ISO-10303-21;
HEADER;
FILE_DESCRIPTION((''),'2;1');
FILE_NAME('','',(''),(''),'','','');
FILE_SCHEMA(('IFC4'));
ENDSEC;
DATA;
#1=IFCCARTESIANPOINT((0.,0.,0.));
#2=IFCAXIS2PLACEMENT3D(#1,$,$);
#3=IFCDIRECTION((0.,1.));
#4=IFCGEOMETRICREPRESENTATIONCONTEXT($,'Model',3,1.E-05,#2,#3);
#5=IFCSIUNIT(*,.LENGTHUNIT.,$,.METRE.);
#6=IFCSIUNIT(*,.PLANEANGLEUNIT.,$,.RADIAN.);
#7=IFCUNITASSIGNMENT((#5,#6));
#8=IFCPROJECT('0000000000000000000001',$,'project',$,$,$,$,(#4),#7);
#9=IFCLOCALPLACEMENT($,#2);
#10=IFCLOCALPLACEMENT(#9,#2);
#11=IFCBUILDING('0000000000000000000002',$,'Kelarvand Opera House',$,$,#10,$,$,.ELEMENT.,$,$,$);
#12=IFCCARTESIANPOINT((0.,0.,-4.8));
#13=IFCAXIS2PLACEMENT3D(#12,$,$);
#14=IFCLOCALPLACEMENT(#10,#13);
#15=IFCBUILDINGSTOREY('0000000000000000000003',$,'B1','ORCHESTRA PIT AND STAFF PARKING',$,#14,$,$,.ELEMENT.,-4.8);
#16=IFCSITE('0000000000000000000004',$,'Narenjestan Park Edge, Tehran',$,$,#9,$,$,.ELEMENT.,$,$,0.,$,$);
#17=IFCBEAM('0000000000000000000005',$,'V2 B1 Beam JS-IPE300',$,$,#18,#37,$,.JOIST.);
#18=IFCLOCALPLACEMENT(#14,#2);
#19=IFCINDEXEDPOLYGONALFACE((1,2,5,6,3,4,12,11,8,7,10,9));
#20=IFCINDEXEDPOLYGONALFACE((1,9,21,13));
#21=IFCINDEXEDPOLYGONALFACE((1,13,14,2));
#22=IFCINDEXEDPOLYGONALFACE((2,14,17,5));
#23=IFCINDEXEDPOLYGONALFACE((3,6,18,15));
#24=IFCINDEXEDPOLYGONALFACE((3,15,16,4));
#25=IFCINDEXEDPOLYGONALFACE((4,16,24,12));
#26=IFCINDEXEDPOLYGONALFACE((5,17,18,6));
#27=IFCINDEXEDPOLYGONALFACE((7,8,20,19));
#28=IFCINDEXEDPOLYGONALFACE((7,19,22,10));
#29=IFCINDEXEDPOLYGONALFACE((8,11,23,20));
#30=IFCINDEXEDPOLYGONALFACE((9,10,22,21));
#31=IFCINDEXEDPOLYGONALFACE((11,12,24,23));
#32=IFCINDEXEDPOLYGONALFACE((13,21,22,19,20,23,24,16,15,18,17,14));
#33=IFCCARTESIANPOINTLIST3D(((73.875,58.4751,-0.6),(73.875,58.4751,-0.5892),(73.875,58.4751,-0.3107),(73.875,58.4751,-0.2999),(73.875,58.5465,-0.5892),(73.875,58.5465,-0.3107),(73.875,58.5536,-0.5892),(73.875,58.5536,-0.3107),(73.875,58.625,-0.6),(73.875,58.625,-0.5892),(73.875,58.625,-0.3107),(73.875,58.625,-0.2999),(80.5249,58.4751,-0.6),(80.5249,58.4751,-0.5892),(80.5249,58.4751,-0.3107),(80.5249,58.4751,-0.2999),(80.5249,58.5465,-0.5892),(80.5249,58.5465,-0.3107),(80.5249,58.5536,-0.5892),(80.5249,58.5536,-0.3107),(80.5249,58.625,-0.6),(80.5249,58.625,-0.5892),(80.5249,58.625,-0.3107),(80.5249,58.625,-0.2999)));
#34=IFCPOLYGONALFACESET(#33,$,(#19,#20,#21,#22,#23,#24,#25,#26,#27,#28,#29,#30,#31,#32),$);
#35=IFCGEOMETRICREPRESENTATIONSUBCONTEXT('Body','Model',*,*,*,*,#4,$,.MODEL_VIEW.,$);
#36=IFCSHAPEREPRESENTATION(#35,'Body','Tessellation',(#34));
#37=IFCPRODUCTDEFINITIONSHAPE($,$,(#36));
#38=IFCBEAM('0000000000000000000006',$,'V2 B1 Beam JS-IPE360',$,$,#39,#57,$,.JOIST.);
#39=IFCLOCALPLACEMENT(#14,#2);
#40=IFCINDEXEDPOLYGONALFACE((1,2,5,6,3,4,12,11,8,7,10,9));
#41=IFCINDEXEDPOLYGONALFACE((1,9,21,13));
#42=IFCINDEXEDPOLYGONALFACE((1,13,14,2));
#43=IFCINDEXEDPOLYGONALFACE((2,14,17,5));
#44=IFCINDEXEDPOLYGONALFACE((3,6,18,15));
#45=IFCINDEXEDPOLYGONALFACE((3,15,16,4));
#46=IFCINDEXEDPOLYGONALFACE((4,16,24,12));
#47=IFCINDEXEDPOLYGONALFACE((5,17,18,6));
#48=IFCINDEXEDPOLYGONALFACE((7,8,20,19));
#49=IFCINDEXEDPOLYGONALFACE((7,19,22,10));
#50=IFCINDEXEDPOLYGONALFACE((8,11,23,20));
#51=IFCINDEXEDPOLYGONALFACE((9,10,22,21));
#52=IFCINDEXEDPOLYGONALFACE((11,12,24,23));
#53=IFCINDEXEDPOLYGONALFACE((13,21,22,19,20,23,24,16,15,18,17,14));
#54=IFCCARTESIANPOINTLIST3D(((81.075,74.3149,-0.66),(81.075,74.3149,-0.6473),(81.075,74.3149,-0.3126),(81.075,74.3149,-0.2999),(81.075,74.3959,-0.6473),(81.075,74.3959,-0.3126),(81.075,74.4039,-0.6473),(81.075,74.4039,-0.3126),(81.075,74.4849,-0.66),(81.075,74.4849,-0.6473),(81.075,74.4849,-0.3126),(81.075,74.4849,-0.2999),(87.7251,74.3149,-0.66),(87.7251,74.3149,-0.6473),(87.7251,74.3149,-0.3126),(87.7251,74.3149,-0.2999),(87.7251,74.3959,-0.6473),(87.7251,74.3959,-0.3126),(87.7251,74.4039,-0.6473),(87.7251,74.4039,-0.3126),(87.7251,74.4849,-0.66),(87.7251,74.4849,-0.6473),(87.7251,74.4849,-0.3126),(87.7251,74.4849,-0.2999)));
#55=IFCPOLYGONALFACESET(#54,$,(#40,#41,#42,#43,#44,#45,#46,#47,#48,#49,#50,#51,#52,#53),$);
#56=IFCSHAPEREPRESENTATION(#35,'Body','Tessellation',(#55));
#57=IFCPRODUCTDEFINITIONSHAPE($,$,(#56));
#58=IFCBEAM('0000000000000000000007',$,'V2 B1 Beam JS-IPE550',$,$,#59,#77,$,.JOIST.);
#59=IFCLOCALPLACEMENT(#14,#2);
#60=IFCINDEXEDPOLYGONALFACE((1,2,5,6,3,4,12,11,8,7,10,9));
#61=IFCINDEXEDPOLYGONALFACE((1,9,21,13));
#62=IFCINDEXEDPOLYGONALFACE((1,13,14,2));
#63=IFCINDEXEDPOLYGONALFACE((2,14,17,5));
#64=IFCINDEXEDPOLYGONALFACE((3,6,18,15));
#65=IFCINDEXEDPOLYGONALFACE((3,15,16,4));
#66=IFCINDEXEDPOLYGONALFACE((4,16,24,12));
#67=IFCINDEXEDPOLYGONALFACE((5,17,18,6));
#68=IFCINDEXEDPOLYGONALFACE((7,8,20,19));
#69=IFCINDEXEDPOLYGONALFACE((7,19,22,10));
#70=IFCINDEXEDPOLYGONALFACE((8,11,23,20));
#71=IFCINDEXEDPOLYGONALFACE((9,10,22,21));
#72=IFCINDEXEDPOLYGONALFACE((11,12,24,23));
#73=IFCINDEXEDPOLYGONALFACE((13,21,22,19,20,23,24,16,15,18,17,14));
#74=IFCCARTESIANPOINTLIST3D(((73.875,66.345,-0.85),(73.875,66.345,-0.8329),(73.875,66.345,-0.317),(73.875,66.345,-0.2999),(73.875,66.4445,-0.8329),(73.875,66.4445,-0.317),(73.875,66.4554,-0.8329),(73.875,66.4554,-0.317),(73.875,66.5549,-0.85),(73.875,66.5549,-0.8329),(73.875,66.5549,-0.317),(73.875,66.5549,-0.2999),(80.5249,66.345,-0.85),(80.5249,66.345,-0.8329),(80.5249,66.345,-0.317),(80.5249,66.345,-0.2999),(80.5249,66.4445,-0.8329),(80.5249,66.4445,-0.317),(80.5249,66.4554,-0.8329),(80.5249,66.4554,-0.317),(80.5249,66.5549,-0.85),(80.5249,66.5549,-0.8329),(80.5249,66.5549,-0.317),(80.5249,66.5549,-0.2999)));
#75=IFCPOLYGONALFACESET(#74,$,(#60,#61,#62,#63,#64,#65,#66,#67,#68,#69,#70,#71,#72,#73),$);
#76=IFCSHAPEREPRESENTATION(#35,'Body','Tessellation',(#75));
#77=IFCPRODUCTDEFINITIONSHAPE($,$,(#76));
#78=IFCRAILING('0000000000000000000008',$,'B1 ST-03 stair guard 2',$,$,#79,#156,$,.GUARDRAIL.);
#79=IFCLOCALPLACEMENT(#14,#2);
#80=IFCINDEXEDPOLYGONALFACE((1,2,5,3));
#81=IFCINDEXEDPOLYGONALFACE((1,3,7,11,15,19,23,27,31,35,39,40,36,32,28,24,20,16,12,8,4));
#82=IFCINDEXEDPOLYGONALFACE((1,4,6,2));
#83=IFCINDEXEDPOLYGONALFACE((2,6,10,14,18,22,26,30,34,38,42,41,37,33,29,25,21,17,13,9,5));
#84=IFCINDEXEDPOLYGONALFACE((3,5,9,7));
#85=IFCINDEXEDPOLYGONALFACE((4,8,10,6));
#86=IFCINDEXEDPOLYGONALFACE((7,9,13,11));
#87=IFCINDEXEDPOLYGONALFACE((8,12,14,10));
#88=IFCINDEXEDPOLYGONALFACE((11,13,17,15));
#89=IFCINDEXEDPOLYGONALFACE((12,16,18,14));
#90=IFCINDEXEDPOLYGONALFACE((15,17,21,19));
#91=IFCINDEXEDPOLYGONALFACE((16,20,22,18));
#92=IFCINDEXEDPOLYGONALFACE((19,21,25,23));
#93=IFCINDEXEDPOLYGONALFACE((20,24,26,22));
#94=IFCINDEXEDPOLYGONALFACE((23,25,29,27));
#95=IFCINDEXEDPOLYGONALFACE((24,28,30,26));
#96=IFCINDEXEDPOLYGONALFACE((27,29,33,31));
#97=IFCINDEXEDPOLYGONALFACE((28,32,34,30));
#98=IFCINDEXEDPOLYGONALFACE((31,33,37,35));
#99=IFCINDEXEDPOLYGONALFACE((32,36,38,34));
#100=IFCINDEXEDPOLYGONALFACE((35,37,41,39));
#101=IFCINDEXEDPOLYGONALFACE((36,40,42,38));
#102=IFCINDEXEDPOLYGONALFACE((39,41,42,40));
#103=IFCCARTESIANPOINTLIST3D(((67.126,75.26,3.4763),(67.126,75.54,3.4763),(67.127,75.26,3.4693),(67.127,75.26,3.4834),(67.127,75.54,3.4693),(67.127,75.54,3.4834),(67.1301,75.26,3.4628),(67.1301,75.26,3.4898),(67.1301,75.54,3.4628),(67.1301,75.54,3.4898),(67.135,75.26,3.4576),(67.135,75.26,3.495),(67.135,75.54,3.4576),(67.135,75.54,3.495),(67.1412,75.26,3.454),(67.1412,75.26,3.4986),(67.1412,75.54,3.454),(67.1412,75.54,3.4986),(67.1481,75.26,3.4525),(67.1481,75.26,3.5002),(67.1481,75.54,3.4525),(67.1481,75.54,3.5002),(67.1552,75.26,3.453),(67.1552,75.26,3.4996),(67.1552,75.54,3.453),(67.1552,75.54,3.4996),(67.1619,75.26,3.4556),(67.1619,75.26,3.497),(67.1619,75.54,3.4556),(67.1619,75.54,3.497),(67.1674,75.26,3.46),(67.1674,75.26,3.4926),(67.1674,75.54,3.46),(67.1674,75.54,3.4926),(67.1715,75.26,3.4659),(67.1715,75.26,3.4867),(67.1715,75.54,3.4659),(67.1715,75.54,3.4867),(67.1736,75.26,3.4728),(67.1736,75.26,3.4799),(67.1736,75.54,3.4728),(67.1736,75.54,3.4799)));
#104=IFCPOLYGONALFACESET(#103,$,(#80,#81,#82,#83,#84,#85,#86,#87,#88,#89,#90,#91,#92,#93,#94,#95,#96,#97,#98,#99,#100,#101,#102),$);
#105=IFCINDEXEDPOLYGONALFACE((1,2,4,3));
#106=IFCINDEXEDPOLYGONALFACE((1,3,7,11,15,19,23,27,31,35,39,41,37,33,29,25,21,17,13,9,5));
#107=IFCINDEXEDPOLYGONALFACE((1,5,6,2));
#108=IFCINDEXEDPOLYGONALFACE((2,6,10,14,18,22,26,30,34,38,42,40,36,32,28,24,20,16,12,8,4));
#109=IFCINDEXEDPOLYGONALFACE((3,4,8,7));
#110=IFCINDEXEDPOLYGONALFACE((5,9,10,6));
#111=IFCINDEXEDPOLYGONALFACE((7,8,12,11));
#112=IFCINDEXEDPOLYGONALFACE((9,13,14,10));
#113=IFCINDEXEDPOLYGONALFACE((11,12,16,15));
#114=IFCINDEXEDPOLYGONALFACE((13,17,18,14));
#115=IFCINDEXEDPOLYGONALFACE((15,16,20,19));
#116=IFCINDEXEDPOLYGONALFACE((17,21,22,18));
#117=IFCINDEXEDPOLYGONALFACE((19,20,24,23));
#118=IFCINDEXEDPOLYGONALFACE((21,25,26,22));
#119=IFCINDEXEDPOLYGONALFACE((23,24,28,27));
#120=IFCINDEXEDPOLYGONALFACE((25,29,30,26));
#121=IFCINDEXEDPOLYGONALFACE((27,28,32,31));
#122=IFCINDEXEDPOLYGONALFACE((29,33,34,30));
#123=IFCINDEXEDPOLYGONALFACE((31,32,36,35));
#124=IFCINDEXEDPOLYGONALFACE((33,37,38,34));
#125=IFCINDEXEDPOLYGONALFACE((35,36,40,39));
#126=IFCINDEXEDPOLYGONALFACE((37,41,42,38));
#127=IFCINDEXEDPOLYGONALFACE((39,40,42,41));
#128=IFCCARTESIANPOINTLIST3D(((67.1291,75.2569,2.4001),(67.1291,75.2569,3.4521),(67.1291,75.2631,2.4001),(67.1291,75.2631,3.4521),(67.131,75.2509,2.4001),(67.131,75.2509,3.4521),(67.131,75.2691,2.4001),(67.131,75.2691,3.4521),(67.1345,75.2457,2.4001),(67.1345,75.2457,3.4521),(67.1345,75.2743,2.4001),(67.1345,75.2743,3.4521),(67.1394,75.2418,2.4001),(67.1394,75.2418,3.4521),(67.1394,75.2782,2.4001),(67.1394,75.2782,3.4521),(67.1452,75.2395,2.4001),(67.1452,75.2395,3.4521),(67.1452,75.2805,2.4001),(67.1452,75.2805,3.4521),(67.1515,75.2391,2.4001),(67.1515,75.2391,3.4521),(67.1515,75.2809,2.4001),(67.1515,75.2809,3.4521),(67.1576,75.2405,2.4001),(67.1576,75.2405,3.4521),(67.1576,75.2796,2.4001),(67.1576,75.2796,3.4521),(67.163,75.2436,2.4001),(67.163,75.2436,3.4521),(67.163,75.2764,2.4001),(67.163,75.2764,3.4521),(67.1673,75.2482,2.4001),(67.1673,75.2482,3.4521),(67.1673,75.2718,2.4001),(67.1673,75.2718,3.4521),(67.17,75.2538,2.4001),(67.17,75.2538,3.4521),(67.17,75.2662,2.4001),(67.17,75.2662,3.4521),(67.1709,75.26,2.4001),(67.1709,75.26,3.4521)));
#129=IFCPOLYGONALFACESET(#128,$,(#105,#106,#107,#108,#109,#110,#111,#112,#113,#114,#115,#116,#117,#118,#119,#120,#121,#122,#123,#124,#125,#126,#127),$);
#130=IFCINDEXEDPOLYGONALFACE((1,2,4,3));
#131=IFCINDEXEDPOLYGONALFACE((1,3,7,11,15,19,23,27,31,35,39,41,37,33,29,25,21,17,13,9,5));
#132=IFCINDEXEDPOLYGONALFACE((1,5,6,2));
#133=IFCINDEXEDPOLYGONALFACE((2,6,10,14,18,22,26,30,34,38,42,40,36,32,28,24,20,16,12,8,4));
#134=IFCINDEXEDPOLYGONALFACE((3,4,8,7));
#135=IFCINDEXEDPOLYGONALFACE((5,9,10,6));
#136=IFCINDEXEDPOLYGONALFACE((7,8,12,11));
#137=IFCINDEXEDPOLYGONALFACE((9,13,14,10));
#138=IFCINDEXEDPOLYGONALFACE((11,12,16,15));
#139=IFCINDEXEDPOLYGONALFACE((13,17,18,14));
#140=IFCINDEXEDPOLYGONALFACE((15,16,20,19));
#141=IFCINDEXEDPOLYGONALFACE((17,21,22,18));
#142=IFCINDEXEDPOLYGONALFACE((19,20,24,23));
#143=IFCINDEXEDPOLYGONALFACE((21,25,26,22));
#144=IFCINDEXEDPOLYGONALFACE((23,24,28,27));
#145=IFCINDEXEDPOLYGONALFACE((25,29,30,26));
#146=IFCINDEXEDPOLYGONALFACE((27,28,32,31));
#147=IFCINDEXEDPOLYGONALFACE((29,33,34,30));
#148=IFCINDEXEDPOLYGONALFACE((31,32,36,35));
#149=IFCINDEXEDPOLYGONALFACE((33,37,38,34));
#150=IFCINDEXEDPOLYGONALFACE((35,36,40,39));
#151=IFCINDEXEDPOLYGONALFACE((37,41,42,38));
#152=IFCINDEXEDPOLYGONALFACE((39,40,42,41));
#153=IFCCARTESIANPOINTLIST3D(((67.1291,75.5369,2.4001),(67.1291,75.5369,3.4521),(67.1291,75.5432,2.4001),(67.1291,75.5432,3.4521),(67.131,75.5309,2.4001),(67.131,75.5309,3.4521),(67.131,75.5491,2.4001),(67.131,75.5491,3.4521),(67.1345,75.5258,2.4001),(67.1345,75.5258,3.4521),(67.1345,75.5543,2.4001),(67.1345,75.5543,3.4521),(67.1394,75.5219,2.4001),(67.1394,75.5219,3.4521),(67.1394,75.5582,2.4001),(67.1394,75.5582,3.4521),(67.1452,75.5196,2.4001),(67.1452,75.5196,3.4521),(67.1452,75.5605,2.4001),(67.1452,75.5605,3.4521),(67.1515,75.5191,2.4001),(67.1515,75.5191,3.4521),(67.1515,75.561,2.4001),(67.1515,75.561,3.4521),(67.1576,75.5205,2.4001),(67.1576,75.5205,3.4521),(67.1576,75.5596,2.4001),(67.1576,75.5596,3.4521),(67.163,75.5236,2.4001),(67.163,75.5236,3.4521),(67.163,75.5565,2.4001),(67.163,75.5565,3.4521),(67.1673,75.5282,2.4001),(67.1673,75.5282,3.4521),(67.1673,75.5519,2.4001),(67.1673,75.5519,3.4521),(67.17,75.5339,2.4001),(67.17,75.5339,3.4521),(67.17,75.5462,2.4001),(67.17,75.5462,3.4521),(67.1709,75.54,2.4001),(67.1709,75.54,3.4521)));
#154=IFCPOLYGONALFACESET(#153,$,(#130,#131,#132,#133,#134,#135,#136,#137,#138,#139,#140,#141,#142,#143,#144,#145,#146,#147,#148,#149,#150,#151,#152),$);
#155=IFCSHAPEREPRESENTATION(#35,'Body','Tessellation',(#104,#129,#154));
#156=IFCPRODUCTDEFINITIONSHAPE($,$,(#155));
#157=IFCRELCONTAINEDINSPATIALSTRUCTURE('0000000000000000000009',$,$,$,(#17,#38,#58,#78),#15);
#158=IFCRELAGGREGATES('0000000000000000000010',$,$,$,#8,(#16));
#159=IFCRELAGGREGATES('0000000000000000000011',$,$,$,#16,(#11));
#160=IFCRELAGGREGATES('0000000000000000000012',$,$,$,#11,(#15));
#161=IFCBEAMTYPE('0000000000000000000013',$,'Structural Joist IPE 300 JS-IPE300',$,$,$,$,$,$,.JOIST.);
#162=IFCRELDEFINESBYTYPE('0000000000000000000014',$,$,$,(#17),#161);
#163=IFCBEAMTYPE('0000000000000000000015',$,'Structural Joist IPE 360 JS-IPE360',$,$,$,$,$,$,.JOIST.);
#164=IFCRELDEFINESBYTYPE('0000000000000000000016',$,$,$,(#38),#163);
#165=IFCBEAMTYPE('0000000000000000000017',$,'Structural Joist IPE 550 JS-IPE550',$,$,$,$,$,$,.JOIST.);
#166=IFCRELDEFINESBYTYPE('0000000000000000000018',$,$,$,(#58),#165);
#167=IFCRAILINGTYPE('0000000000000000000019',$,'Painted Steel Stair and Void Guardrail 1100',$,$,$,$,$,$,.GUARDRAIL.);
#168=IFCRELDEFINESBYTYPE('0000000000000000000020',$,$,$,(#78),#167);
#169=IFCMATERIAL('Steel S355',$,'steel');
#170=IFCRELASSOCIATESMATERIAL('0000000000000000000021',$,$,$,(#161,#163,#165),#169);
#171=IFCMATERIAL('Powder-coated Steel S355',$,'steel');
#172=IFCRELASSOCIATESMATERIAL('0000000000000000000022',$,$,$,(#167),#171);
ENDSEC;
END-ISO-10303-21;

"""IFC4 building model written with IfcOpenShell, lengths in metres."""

from ifc_helpers import new_model, si_unit, direction, frame, origin, origin_2d, place, context, subcontext, project, spatial, circle, i_section, extrude, material, material_profile, profile_set, type_object, element, save


model = new_model("IFC4")

# Units and contexts
model_context = context("Model", 3, precision=1e-05, world=origin(), true_north=direction((0.0, 1.0)))
body_context = subcontext(model_context, "Body", "Model", "MODEL_VIEW")
ifc_project = project(units=[si_unit("LENGTHUNIT", "METRE"), si_unit("PLANEANGLEUNIT", "RADIAN")], contexts=[model_context])

# Site, building, storey
site_placement = place(None, origin())
site = spatial("IfcSite", under=ifc_project, at=site_placement, Name="Narenjestan Park Edge, Tehran", CompositionType="ELEMENT", RefElevation=0.0)
building_placement = place(site_placement, origin())
building = spatial("IfcBuilding", under=site, at=building_placement, Name="Kelarvand Opera House", CompositionType="ELEMENT")
storey_placement = place(building_placement, frame((0.0, 0.0, -4.8)))
storey = spatial("IfcBuildingStorey", under=building, at=storey_placement, Name="B1", Description="ORCHESTRA PIT AND STAFF PARKING", CompositionType="ELEMENT", Elevation=-4.8)

# Beams
ifc_material_1 = material(Name="Steel S355", Category="steel")
ifc_material_profile_1 = material_profile(ifc_material_1, i_section(OverallWidth=0.1499, OverallDepth=0.3, WebThickness=0.0071, FlangeThickness=0.0107, at=origin_2d()), Name="IPE 300", Category="steel")
ifc_profile_set_1 = profile_set([ifc_material_profile_1], Name="Steel S355")
beam_type_1 = type_object("IfcBeamType", Name="Structural Joist IPE 300 JS-IPE300", PredefinedType="JOIST", material=ifc_profile_set_1)
beam_1_placement = place(storey_placement, frame((73.875, 58.55, -0.45), z_axis=(1.0, 0.0, 0.0), x_axis=(0.0, 1.0, 0.0)))
element("IfcBeam", 1, at=beam_1_placement, inside=storey, type_object=beam_type_1, Name="V2 B1 Beam JS-IPE300", PredefinedType="JOIST", context=body_context, shape_type="SweptSolid", body=[
    extrude(i_section(OverallWidth=0.1499, OverallDepth=0.3, WebThickness=0.0071, FlangeThickness=0.0107, at=origin_2d()), origin(), (0.0, 0.0, 1.0), 6.6499),
])
ifc_material_profile_2 = material_profile(ifc_material_1, i_section(OverallWidth=0.1699, OverallDepth=0.3601, WebThickness=0.0081, FlangeThickness=0.0127, at=origin_2d()), Name="IPE 360", Category="steel")
ifc_profile_set_2 = profile_set([ifc_material_profile_2], Name="Steel S355")
beam_type_2 = type_object("IfcBeamType", Name="Structural Joist IPE 360 JS-IPE360", PredefinedType="JOIST", material=ifc_profile_set_2)
beam_2_placement = place(storey_placement, frame((81.075, 74.3999, -0.48), z_axis=(1.0, 0.0, 0.0), x_axis=(0.0, 1.0, 0.0)))
element("IfcBeam", 2, at=beam_2_placement, inside=storey, type_object=beam_type_2, Name="V2 B1 Beam JS-IPE360", PredefinedType="JOIST", context=body_context, shape_type="SweptSolid", body=[
    extrude(i_section(OverallWidth=0.1699, OverallDepth=0.3601, WebThickness=0.0081, FlangeThickness=0.0127, at=origin_2d()), origin(), (0.0, 0.0, 1.0), 6.6501),
])
ifc_material_profile_3 = material_profile(ifc_material_1, i_section(OverallWidth=0.21, OverallDepth=0.55, WebThickness=0.011, FlangeThickness=0.0171, at=origin_2d()), Name="IPE 550", Category="steel")
ifc_profile_set_3 = profile_set([ifc_material_profile_3], Name="Steel S355")
beam_type_3 = type_object("IfcBeamType", Name="Structural Joist IPE 550 JS-IPE550", PredefinedType="JOIST", material=ifc_profile_set_3)
beam_3_placement = place(storey_placement, frame((73.875, 66.45, -0.575), z_axis=(1.0, 0.0, 0.0), x_axis=(0.0, 1.0, 0.0)))
element("IfcBeam", 3, at=beam_3_placement, inside=storey, type_object=beam_type_3, Name="V2 B1 Beam JS-IPE550", PredefinedType="JOIST", context=body_context, shape_type="SweptSolid", body=[
    extrude(i_section(OverallWidth=0.21, OverallDepth=0.55, WebThickness=0.011, FlangeThickness=0.0171, at=origin_2d()), origin(), (0.0, 0.0, 1.0), 6.6499),
])

# Railing
ifc_material_2 = material(Name="Powder-coated Steel S355", Category="steel")
railing_type = type_object("IfcRailingType", Name="Painted Steel Stair and Void Guardrail 1100", PredefinedType="GUARDRAIL", material=ifc_material_2)
railing_1_placement = place(storey_placement, frame((67.1499, 75.26, 2.4001)))
element("IfcRailing", 4, at=railing_1_placement, inside=storey, type_object=railing_type, Name="B1 ST-03 stair guard 2", PredefinedType="GUARDRAIL", context=body_context, shape_type="SweptSolid", body=[
    extrude(circle(Radius=0.0239, at=origin_2d()), frame((0.0, 0.0, 1.0762), z_axis=(0.0, 1.0, 0.0), x_axis=(-1.0, 0.0, 0.0)), (0.0, 0.0, 1.0), 0.28),
    extrude(circle(Radius=0.021, at=origin_2d()), origin(), (0.0, 0.0, 1.0), 1.052),
    extrude(circle(Radius=0.021, at=origin_2d()), frame((0.0, 0.28, 0.0)), (0.0, 0.0, 1.0), 1.052),
])

save(model, "model.ifc")
